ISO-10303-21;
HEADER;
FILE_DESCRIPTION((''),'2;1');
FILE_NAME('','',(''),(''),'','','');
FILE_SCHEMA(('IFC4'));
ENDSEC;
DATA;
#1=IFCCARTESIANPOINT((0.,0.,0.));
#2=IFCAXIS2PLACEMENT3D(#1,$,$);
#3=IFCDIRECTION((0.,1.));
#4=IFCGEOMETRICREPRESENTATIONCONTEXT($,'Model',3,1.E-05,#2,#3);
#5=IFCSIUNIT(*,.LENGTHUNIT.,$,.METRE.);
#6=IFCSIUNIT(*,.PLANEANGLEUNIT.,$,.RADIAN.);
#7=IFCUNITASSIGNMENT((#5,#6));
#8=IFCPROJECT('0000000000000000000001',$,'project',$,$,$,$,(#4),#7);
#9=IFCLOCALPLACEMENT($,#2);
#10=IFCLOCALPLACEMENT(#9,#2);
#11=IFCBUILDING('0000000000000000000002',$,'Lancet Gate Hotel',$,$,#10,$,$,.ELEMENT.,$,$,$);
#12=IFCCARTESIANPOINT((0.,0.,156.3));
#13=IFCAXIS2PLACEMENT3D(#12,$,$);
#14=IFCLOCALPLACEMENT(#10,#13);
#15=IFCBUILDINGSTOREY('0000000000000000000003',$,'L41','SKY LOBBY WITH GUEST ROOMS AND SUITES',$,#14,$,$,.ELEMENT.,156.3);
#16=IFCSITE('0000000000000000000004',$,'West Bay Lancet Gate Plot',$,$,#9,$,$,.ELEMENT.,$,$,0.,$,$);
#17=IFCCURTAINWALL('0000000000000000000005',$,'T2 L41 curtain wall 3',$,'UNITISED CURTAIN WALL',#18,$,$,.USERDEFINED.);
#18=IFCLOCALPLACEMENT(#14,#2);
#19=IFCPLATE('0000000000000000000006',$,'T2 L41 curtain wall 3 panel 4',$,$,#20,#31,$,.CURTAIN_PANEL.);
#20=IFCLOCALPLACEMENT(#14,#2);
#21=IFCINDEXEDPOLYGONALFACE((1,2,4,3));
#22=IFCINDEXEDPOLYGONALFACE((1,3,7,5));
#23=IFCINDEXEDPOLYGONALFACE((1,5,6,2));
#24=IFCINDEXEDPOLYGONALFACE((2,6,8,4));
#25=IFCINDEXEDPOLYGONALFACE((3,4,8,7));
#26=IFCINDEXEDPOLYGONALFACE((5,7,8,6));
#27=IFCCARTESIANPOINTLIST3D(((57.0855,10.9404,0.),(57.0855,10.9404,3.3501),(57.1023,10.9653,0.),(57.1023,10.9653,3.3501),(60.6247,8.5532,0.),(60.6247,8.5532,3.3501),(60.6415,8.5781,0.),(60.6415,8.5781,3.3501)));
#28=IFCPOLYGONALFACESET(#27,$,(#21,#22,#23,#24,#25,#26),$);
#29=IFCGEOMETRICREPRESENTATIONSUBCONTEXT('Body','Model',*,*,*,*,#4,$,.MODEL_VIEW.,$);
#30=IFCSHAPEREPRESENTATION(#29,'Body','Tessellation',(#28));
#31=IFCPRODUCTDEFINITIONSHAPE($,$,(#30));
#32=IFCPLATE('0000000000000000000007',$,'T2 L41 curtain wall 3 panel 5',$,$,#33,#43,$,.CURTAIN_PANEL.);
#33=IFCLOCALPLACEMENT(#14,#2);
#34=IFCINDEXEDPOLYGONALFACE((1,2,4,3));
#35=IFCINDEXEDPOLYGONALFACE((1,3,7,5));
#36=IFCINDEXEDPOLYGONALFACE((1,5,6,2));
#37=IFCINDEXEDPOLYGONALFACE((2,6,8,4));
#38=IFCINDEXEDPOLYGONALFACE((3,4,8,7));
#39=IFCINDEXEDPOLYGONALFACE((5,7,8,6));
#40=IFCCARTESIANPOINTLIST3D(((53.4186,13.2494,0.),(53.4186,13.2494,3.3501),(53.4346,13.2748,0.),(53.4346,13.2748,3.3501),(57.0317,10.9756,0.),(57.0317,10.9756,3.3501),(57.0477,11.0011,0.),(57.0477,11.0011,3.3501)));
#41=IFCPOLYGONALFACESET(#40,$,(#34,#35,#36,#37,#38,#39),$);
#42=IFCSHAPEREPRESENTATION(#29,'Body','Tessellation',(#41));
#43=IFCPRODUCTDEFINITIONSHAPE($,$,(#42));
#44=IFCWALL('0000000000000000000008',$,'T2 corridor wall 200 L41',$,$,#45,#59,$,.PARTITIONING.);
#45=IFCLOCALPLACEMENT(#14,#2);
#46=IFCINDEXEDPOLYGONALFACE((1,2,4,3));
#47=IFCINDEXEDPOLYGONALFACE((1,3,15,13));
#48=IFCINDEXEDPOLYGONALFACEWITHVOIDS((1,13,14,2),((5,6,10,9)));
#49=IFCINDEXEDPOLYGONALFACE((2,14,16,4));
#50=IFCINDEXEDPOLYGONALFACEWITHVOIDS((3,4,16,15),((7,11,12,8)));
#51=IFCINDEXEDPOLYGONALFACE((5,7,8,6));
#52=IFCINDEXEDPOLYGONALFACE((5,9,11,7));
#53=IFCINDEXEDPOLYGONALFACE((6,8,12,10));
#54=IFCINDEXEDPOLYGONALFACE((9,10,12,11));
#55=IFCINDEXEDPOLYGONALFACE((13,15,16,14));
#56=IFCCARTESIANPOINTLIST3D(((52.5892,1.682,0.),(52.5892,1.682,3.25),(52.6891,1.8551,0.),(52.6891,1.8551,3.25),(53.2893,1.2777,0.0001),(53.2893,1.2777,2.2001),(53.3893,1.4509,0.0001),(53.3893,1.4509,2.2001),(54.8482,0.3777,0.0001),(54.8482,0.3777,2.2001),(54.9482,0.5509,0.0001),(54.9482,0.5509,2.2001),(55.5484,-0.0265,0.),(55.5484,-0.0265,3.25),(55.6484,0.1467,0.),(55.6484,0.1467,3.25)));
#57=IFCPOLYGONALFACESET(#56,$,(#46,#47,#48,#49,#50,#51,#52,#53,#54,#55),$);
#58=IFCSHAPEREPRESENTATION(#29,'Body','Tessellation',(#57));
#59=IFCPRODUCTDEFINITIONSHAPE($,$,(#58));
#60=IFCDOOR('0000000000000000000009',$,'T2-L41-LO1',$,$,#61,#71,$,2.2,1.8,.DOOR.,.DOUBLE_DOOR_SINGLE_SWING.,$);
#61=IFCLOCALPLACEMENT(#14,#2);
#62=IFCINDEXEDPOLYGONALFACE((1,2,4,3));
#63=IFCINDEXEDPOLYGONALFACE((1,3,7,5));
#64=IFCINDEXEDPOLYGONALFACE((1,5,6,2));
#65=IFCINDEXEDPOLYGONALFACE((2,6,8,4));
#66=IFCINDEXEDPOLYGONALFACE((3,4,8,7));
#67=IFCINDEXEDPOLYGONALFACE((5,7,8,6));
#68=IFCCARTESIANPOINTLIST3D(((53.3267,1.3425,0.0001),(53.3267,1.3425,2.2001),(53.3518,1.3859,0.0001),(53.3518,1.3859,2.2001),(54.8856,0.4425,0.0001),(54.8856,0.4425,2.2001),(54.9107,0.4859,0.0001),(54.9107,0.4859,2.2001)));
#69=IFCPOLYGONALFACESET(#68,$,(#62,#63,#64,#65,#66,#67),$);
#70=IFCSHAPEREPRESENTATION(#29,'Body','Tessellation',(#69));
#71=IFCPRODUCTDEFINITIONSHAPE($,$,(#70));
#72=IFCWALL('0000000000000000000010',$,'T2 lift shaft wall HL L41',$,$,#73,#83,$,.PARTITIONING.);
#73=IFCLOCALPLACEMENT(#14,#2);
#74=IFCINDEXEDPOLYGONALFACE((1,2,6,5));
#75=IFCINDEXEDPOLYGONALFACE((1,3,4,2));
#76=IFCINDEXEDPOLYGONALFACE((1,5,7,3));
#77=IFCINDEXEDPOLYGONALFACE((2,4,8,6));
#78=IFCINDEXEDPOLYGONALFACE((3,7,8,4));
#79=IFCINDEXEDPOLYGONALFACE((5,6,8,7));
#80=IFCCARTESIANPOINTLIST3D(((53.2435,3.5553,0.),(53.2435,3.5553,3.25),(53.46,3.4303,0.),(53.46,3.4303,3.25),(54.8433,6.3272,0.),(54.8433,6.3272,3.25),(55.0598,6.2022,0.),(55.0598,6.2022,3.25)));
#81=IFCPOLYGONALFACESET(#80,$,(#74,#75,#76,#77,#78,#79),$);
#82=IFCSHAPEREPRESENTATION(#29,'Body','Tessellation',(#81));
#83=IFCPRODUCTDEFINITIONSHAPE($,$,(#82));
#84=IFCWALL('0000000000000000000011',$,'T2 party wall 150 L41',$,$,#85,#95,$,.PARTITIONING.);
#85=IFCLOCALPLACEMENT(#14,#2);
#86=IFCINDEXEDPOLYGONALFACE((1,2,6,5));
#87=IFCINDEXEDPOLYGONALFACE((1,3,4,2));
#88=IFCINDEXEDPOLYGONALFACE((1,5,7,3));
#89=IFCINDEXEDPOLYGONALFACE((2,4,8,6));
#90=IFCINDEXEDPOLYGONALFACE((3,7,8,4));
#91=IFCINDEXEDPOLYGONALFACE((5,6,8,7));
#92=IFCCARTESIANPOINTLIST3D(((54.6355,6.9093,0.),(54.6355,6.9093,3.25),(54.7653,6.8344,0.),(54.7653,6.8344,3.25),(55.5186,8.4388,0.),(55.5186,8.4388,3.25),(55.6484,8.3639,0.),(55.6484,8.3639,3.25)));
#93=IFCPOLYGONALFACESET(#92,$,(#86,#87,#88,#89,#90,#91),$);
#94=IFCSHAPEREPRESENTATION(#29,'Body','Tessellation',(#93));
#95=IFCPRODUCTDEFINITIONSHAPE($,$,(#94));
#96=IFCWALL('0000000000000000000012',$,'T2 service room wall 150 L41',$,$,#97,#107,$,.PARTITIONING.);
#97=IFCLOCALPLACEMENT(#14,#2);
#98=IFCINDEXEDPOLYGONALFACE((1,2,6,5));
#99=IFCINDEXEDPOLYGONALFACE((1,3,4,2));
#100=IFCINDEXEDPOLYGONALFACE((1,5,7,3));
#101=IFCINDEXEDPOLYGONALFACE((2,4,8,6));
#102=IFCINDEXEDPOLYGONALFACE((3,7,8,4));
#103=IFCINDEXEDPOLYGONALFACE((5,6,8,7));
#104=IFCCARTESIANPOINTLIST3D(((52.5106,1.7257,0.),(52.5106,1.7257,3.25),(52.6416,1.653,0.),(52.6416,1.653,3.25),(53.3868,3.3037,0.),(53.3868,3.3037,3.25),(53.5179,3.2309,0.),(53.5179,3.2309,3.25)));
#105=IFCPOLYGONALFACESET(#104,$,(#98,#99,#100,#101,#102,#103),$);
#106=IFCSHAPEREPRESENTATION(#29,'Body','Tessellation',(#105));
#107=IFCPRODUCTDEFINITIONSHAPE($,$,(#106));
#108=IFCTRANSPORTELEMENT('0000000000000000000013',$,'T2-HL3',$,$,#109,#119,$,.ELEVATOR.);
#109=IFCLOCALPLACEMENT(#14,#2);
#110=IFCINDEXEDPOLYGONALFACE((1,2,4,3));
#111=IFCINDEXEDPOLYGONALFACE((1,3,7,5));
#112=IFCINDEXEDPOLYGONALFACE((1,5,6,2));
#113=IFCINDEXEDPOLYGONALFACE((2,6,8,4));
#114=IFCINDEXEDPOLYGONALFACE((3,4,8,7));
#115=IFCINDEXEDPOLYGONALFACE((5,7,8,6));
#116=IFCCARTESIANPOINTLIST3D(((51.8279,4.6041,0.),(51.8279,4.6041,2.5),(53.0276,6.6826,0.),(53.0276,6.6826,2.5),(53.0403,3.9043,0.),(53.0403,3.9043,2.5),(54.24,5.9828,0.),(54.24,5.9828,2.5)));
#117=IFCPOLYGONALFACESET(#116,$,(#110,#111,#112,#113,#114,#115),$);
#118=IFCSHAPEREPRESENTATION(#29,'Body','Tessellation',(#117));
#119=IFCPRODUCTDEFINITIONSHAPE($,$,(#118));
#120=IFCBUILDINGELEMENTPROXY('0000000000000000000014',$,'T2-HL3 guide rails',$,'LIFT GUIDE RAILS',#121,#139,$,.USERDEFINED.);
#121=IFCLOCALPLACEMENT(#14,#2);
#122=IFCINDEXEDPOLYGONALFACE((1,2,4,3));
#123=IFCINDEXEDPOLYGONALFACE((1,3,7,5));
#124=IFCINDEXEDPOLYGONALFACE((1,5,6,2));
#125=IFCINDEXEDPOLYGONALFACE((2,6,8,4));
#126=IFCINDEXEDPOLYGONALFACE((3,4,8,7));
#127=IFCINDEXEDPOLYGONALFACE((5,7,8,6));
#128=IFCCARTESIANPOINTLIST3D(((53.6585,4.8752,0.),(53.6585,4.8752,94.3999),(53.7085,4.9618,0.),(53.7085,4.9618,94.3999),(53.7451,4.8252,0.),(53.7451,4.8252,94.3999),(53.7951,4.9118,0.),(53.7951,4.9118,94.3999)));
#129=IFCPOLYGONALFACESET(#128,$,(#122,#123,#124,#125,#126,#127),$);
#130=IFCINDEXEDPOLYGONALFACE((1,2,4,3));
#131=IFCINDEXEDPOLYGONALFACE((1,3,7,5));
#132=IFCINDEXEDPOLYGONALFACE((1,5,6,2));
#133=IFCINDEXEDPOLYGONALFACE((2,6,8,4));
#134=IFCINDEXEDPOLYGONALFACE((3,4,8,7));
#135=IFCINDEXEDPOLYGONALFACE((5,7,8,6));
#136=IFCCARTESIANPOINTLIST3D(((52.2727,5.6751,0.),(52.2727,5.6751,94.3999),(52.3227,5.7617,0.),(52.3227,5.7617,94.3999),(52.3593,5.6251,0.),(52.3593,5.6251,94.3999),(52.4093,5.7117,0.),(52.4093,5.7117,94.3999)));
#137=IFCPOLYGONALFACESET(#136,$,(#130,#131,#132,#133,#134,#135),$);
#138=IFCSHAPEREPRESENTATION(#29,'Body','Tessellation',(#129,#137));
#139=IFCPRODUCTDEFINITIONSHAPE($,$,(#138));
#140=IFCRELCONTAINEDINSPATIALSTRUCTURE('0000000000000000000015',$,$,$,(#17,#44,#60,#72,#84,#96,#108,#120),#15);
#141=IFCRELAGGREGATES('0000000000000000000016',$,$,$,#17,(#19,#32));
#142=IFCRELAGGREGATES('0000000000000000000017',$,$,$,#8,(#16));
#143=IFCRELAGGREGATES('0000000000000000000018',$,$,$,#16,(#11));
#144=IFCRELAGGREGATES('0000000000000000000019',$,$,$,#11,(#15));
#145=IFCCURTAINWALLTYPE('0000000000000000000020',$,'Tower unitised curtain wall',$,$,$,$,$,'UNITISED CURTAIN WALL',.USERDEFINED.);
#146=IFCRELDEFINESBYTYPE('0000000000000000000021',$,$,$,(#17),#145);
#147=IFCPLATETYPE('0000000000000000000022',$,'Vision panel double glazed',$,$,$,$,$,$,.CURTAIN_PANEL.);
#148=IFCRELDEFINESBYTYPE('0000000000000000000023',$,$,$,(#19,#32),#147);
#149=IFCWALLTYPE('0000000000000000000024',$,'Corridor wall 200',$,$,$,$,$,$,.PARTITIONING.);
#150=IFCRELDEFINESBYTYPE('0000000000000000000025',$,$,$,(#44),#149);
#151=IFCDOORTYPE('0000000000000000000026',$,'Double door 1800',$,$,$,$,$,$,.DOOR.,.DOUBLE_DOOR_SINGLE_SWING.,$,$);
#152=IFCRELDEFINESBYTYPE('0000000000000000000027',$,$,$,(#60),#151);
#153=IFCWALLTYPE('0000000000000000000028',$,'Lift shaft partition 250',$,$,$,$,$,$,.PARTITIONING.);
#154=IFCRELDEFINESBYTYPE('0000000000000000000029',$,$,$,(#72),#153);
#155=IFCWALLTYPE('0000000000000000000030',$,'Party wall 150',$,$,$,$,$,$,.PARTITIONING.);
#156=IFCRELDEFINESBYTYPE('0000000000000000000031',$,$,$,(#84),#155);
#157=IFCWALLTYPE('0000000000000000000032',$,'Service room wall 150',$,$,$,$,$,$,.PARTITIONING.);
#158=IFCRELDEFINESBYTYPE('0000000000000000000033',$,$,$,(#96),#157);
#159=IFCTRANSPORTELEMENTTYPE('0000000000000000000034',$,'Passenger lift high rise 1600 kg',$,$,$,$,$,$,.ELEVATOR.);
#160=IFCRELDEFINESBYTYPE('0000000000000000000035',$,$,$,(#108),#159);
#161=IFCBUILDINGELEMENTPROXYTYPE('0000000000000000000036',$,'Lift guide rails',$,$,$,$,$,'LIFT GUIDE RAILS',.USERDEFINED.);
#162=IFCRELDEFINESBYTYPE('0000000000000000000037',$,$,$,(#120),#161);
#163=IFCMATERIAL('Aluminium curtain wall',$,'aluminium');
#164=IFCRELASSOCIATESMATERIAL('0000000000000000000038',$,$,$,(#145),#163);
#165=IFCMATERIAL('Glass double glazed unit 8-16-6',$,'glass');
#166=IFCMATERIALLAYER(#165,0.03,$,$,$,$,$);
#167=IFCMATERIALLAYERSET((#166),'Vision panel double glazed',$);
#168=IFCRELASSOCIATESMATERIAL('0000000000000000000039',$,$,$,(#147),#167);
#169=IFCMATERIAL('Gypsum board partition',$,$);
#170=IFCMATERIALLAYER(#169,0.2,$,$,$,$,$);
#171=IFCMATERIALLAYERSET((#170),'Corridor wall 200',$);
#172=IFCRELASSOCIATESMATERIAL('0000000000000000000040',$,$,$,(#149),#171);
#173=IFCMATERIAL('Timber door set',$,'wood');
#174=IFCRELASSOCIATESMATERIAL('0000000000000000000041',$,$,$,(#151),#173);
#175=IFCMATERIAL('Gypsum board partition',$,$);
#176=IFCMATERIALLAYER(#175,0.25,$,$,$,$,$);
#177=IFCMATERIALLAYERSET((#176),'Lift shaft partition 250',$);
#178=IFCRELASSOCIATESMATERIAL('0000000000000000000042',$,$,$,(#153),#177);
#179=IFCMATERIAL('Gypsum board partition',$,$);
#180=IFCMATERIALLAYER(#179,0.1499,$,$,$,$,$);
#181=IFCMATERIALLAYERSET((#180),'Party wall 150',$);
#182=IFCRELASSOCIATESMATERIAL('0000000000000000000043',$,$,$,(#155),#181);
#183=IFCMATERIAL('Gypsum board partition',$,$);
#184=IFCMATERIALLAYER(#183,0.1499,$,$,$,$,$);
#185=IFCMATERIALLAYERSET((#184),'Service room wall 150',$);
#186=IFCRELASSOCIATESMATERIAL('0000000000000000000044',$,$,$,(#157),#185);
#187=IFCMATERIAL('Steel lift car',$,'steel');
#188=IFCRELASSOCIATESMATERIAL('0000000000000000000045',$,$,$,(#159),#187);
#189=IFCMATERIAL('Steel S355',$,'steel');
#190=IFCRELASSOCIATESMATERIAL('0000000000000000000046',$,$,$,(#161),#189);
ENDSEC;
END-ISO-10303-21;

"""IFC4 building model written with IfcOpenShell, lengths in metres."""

from ifc_helpers import new_model, si_unit, direction, frame, frame_2d, origin, origin_2d, place, context, subcontext, project, spatial, rectangle, extrude, material, layer, layer_set, type_object, element, fill, aggregate, save


model = new_model("IFC4")

# Units and contexts
model_context = context("Model", 3, precision=1e-05, world=origin(), true_north=direction((0.0, 1.0)))
body_context = subcontext(model_context, "Body", "Model", "MODEL_VIEW")
ifc_project = project(units=[si_unit("LENGTHUNIT", "METRE"), si_unit("PLANEANGLEUNIT", "RADIAN")], contexts=[model_context])

# Site, building, storey
site_placement = place(None, origin())
site = spatial("IfcSite", under=ifc_project, at=site_placement, Name="West Bay Lancet Gate Plot", CompositionType="ELEMENT", RefElevation=0.0)
building_placement = place(site_placement, origin())
building = spatial("IfcBuilding", under=site, at=building_placement, Name="Lancet Gate Hotel", CompositionType="ELEMENT")
storey_placement = place(building_placement, frame((0.0, 0.0, 156.3)))
storey = spatial("IfcBuildingStorey", under=building, at=storey_placement, Name="L41", Description="SKY LOBBY WITH GUEST ROOMS AND SUITES", CompositionType="ELEMENT", Elevation=156.3)

# Curtain wall
ifc_material_1 = material(Name="Aluminium curtain wall", Category="aluminium")
curtain_wall_type = type_object("IfcCurtainWallType", Name="Tower unitised curtain wall", ElementType="UNITISED CURTAIN WALL", PredefinedType="USERDEFINED", material=ifc_material_1)
curtain_wall_placement = place(storey_placement, origin())
curtain_wall = element("IfcCurtainWall", 1, at=curtain_wall_placement, inside=storey, type_object=curtain_wall_type, Name="T2 L41 curtain wall 3", ObjectType="UNITISED CURTAIN WALL", PredefinedType="USERDEFINED")

# Plates
ifc_material_2 = material(Name="Glass double glazed unit 8-16-6", Category="glass")
ifc_layer_1 = layer(ifc_material_2, 0.03)
ifc_layer_set_1 = layer_set([ifc_layer_1], Name="Vision panel double glazed")
plate_type = type_object("IfcPlateType", Name="Vision panel double glazed", PredefinedType="CURTAIN_PANEL", material=ifc_layer_set_1)
plate_1_placement = place(storey_placement, frame((58.8635, 9.7593, 0.0), z_axis=(0.0, 0.0, 1.0), x_axis=(-0.829039, 0.559191, 0.0)))
plate_1 = element("IfcPlate", 2, at=plate_1_placement, type_object=plate_type, Name="T2 L41 curtain wall 3 panel 4", PredefinedType="CURTAIN_PANEL", context=body_context, shape_type="SweptSolid", body=[
    extrude(rectangle(XDim=4.269, YDim=0.03, at=origin_2d()), origin(), (0.0, 0.0, 1.0), 3.3501),
])
plate_2_placement = place(storey_placement, frame((55.2332, 12.1252, 0.0), z_axis=(0.0, 0.0, 1.0), x_axis=(-0.846352, 0.532623, 0.0)))
plate_2 = element("IfcPlate", 3, at=plate_2_placement, type_object=plate_type, Name="T2 L41 curtain wall 3 panel 5", PredefinedType="CURTAIN_PANEL", context=body_context, shape_type="SweptSolid", body=[
    extrude(rectangle(XDim=4.269, YDim=0.03, at=origin_2d()), origin(), (0.0, 0.0, 1.0), 3.3501),
])
aggregate(curtain_wall, [plate_1, plate_2])

# Wall, opening, door
ifc_material_3 = material(Name="Gypsum board partition")
ifc_layer_2 = layer(ifc_material_3, 0.2)
ifc_layer_set_2 = layer_set([ifc_layer_2], Name="Corridor wall 200")
wall_type_1 = type_object("IfcWallType", Name="Corridor wall 200", PredefinedType="PARTITIONING", material=ifc_layer_set_2)
wall_1_placement = place(storey_placement, frame((52.6392, 1.7686, 0.0), z_axis=(0.0, 0.0, 1.0), x_axis=(0.866027, -0.499997, 0.0)))
wall_1 = element("IfcWall", 4, at=wall_1_placement, inside=storey, type_object=wall_type_1, Name="T2 corridor wall 200 L41", PredefinedType="PARTITIONING", context=body_context, shape_type="SweptSolid", body=[
    extrude(rectangle(XDim=3.417, YDim=0.2, at=frame_2d((1.7085, 0.0))), origin(), (0.0, 0.0, 1.0), 3.25),
])
opening_placement = place(wall_1_placement, frame((0.8086, 0.0, 0.0)))
opening = element("IfcOpeningElement", 5, at=opening_placement, cuts=wall_1, PredefinedType="OPENING", context=body_context, shape_type="SweptSolid", body=[
    extrude(rectangle(XDim=1.8, YDim=2.2, at=frame_2d((0.8999, 1.1001))), frame((0.0, 0.1099, 0.0), z_axis=(0.0, -1.0, 0.0), x_axis=(1.0, 0.0, 0.0)), (0.0, 0.0, 1.0), 0.22),
])
ifc_material_4 = material(Name="Timber door set", Category="wood")
door_type = type_object("IfcDoorType", Name="Double door 1800", OperationType="DOUBLE_DOOR_SINGLE_SWING", PredefinedType="DOOR", material=ifc_material_4)
door_placement = place(opening_placement, origin())
door = element("IfcDoor", 6, at=door_placement, inside=storey, type_object=door_type, Name="T2-L41-LO1", OperationType="DOUBLE_DOOR_SINGLE_SWING", OverallHeight=2.2, OverallWidth=1.8, PredefinedType="DOOR", context=body_context, shape_type="SweptSolid", body=[
    extrude(rectangle(XDim=1.8, YDim=2.2, at=frame_2d((0.8999, 1.1001))), frame((0.0, 0.0249, 0.0), z_axis=(0.0, -1.0, 0.0), x_axis=(1.0, 0.0, 0.0)), (0.0, 0.0, 1.0), 0.05),
])
fill(opening, door)

# Walls
ifc_material_5 = material(Name="Gypsum board partition")
ifc_layer_3 = layer(ifc_material_5, 0.25)
ifc_layer_set_3 = layer_set([ifc_layer_3], Name="Lift shaft partition 250")
wall_type_2 = type_object("IfcWallType", Name="Lift shaft partition 250", PredefinedType="PARTITIONING", material=ifc_layer_set_3)
wall_2_placement = place(storey_placement, frame((53.3518, 3.4929, 0.0), z_axis=(0.0, 0.0, 1.0), x_axis=(0.499872, 0.866099, 0.0)))
element("IfcWall", 7, at=wall_2_placement, inside=storey, type_object=wall_type_2, Name="T2 lift shaft wall HL L41", PredefinedType="PARTITIONING", context=body_context, shape_type="SweptSolid", body=[
    extrude(rectangle(XDim=3.2004, YDim=0.25, at=frame_2d((1.6001, 0.0))), origin(), (0.0, 0.0, 1.0), 3.25),
])
ifc_material_6 = material(Name="Gypsum board partition")
ifc_layer_4 = layer(ifc_material_6, 0.1499)
ifc_layer_set_4 = layer_set([ifc_layer_4], Name="Party wall 150")
wall_type_3 = type_object("IfcWallType", Name="Party wall 150", PredefinedType="PARTITIONING", material=ifc_layer_set_4)
wall_3_placement = place(storey_placement, frame((54.7004, 6.8718, 0.0), z_axis=(0.0, 0.0, 1.0), x_axis=(0.49999, 0.866031, 0.0)))
element("IfcWall", 8, at=wall_3_placement, inside=storey, type_object=wall_type_3, Name="T2 party wall 150 L41", PredefinedType="PARTITIONING", context=body_context, shape_type="SweptSolid", body=[
    extrude(rectangle(XDim=1.7661, YDim=0.1499, at=frame_2d((0.8831, 0.0))), origin(), (0.0, 0.0, 1.0), 3.25),
])
ifc_material_7 = material(Name="Gypsum board partition")
ifc_layer_5 = layer(ifc_material_7, 0.1499)
ifc_layer_set_5 = layer_set([ifc_layer_5], Name="Service room wall 150")
wall_type_4 = type_object("IfcWallType", Name="Service room wall 150", PredefinedType="PARTITIONING", material=ifc_layer_set_5)
wall_4_placement = place(storey_placement, frame((52.5762, 1.6895, 0.0), z_axis=(0.0, 0.0, 1.0), x_axis=(0.485482, 0.874247, 0.0)))
element("IfcWall", 9, at=wall_4_placement, inside=storey, type_object=wall_type_4, Name="T2 service room wall 150 L41", PredefinedType="PARTITIONING", context=body_context, shape_type="SweptSolid", body=[
    extrude(rectangle(XDim=1.8049, YDim=0.1499, at=frame_2d((0.9023, 0.0))), origin(), (0.0, 0.0, 1.0), 3.25),
])

# Transport element
ifc_material_8 = material(Name="Steel lift car", Category="steel")
transport_element_type = type_object("IfcTransportElementType", Name="Passenger lift high rise 1600 kg", PredefinedType="ELEVATOR", material=ifc_material_8)
transport_element_placement = place(storey_placement, frame((53.0339, 5.2935, 0.0), z_axis=(0.0, 0.0, 1.0), x_axis=(0.499917, 0.866073, 0.0)))
element("IfcTransportElement", 10, at=transport_element_placement, inside=storey, type_object=transport_element_type, Name="T2-HL3", PredefinedType="ELEVATOR", context=body_context, shape_type="SweptSolid", body=[
    extrude(rectangle(XDim=2.3999, YDim=1.3999, at=origin_2d()), origin(), (0.0, 0.0, 1.0), 2.5),
])

# Building element proxy
ifc_material_9 = material(Name="Steel S355", Category="steel")
building_element_proxy_type = type_object("IfcBuildingElementProxyType", Name="Lift guide rails", ElementType="LIFT GUIDE RAILS", PredefinedType="USERDEFINED", material=ifc_material_9)
proxy_placement = place(storey_placement, frame((53.0339, 5.2935, 0.0), z_axis=(0.0, 0.0, 1.0), x_axis=(0.499917, 0.866073, 0.0)))
element("IfcBuildingElementProxy", 11, at=proxy_placement, inside=storey, type_object=building_element_proxy_type, Name="T2-HL3 guide rails", ObjectType="LIFT GUIDE RAILS", PredefinedType="USERDEFINED", context=body_context, shape_type="SweptSolid", body=[
    extrude(rectangle(XDim=0.1, YDim=0.1, at=origin_2d()), frame((0.0, -0.8, 0.0)), (0.0, 0.0, 1.0), 94.3999),
    extrude(rectangle(XDim=0.1, YDim=0.1, at=origin_2d()), frame((0.0, 0.8, 0.0)), (0.0, 0.0, 1.0), 94.3999),
])

save(model, "model.ifc")
